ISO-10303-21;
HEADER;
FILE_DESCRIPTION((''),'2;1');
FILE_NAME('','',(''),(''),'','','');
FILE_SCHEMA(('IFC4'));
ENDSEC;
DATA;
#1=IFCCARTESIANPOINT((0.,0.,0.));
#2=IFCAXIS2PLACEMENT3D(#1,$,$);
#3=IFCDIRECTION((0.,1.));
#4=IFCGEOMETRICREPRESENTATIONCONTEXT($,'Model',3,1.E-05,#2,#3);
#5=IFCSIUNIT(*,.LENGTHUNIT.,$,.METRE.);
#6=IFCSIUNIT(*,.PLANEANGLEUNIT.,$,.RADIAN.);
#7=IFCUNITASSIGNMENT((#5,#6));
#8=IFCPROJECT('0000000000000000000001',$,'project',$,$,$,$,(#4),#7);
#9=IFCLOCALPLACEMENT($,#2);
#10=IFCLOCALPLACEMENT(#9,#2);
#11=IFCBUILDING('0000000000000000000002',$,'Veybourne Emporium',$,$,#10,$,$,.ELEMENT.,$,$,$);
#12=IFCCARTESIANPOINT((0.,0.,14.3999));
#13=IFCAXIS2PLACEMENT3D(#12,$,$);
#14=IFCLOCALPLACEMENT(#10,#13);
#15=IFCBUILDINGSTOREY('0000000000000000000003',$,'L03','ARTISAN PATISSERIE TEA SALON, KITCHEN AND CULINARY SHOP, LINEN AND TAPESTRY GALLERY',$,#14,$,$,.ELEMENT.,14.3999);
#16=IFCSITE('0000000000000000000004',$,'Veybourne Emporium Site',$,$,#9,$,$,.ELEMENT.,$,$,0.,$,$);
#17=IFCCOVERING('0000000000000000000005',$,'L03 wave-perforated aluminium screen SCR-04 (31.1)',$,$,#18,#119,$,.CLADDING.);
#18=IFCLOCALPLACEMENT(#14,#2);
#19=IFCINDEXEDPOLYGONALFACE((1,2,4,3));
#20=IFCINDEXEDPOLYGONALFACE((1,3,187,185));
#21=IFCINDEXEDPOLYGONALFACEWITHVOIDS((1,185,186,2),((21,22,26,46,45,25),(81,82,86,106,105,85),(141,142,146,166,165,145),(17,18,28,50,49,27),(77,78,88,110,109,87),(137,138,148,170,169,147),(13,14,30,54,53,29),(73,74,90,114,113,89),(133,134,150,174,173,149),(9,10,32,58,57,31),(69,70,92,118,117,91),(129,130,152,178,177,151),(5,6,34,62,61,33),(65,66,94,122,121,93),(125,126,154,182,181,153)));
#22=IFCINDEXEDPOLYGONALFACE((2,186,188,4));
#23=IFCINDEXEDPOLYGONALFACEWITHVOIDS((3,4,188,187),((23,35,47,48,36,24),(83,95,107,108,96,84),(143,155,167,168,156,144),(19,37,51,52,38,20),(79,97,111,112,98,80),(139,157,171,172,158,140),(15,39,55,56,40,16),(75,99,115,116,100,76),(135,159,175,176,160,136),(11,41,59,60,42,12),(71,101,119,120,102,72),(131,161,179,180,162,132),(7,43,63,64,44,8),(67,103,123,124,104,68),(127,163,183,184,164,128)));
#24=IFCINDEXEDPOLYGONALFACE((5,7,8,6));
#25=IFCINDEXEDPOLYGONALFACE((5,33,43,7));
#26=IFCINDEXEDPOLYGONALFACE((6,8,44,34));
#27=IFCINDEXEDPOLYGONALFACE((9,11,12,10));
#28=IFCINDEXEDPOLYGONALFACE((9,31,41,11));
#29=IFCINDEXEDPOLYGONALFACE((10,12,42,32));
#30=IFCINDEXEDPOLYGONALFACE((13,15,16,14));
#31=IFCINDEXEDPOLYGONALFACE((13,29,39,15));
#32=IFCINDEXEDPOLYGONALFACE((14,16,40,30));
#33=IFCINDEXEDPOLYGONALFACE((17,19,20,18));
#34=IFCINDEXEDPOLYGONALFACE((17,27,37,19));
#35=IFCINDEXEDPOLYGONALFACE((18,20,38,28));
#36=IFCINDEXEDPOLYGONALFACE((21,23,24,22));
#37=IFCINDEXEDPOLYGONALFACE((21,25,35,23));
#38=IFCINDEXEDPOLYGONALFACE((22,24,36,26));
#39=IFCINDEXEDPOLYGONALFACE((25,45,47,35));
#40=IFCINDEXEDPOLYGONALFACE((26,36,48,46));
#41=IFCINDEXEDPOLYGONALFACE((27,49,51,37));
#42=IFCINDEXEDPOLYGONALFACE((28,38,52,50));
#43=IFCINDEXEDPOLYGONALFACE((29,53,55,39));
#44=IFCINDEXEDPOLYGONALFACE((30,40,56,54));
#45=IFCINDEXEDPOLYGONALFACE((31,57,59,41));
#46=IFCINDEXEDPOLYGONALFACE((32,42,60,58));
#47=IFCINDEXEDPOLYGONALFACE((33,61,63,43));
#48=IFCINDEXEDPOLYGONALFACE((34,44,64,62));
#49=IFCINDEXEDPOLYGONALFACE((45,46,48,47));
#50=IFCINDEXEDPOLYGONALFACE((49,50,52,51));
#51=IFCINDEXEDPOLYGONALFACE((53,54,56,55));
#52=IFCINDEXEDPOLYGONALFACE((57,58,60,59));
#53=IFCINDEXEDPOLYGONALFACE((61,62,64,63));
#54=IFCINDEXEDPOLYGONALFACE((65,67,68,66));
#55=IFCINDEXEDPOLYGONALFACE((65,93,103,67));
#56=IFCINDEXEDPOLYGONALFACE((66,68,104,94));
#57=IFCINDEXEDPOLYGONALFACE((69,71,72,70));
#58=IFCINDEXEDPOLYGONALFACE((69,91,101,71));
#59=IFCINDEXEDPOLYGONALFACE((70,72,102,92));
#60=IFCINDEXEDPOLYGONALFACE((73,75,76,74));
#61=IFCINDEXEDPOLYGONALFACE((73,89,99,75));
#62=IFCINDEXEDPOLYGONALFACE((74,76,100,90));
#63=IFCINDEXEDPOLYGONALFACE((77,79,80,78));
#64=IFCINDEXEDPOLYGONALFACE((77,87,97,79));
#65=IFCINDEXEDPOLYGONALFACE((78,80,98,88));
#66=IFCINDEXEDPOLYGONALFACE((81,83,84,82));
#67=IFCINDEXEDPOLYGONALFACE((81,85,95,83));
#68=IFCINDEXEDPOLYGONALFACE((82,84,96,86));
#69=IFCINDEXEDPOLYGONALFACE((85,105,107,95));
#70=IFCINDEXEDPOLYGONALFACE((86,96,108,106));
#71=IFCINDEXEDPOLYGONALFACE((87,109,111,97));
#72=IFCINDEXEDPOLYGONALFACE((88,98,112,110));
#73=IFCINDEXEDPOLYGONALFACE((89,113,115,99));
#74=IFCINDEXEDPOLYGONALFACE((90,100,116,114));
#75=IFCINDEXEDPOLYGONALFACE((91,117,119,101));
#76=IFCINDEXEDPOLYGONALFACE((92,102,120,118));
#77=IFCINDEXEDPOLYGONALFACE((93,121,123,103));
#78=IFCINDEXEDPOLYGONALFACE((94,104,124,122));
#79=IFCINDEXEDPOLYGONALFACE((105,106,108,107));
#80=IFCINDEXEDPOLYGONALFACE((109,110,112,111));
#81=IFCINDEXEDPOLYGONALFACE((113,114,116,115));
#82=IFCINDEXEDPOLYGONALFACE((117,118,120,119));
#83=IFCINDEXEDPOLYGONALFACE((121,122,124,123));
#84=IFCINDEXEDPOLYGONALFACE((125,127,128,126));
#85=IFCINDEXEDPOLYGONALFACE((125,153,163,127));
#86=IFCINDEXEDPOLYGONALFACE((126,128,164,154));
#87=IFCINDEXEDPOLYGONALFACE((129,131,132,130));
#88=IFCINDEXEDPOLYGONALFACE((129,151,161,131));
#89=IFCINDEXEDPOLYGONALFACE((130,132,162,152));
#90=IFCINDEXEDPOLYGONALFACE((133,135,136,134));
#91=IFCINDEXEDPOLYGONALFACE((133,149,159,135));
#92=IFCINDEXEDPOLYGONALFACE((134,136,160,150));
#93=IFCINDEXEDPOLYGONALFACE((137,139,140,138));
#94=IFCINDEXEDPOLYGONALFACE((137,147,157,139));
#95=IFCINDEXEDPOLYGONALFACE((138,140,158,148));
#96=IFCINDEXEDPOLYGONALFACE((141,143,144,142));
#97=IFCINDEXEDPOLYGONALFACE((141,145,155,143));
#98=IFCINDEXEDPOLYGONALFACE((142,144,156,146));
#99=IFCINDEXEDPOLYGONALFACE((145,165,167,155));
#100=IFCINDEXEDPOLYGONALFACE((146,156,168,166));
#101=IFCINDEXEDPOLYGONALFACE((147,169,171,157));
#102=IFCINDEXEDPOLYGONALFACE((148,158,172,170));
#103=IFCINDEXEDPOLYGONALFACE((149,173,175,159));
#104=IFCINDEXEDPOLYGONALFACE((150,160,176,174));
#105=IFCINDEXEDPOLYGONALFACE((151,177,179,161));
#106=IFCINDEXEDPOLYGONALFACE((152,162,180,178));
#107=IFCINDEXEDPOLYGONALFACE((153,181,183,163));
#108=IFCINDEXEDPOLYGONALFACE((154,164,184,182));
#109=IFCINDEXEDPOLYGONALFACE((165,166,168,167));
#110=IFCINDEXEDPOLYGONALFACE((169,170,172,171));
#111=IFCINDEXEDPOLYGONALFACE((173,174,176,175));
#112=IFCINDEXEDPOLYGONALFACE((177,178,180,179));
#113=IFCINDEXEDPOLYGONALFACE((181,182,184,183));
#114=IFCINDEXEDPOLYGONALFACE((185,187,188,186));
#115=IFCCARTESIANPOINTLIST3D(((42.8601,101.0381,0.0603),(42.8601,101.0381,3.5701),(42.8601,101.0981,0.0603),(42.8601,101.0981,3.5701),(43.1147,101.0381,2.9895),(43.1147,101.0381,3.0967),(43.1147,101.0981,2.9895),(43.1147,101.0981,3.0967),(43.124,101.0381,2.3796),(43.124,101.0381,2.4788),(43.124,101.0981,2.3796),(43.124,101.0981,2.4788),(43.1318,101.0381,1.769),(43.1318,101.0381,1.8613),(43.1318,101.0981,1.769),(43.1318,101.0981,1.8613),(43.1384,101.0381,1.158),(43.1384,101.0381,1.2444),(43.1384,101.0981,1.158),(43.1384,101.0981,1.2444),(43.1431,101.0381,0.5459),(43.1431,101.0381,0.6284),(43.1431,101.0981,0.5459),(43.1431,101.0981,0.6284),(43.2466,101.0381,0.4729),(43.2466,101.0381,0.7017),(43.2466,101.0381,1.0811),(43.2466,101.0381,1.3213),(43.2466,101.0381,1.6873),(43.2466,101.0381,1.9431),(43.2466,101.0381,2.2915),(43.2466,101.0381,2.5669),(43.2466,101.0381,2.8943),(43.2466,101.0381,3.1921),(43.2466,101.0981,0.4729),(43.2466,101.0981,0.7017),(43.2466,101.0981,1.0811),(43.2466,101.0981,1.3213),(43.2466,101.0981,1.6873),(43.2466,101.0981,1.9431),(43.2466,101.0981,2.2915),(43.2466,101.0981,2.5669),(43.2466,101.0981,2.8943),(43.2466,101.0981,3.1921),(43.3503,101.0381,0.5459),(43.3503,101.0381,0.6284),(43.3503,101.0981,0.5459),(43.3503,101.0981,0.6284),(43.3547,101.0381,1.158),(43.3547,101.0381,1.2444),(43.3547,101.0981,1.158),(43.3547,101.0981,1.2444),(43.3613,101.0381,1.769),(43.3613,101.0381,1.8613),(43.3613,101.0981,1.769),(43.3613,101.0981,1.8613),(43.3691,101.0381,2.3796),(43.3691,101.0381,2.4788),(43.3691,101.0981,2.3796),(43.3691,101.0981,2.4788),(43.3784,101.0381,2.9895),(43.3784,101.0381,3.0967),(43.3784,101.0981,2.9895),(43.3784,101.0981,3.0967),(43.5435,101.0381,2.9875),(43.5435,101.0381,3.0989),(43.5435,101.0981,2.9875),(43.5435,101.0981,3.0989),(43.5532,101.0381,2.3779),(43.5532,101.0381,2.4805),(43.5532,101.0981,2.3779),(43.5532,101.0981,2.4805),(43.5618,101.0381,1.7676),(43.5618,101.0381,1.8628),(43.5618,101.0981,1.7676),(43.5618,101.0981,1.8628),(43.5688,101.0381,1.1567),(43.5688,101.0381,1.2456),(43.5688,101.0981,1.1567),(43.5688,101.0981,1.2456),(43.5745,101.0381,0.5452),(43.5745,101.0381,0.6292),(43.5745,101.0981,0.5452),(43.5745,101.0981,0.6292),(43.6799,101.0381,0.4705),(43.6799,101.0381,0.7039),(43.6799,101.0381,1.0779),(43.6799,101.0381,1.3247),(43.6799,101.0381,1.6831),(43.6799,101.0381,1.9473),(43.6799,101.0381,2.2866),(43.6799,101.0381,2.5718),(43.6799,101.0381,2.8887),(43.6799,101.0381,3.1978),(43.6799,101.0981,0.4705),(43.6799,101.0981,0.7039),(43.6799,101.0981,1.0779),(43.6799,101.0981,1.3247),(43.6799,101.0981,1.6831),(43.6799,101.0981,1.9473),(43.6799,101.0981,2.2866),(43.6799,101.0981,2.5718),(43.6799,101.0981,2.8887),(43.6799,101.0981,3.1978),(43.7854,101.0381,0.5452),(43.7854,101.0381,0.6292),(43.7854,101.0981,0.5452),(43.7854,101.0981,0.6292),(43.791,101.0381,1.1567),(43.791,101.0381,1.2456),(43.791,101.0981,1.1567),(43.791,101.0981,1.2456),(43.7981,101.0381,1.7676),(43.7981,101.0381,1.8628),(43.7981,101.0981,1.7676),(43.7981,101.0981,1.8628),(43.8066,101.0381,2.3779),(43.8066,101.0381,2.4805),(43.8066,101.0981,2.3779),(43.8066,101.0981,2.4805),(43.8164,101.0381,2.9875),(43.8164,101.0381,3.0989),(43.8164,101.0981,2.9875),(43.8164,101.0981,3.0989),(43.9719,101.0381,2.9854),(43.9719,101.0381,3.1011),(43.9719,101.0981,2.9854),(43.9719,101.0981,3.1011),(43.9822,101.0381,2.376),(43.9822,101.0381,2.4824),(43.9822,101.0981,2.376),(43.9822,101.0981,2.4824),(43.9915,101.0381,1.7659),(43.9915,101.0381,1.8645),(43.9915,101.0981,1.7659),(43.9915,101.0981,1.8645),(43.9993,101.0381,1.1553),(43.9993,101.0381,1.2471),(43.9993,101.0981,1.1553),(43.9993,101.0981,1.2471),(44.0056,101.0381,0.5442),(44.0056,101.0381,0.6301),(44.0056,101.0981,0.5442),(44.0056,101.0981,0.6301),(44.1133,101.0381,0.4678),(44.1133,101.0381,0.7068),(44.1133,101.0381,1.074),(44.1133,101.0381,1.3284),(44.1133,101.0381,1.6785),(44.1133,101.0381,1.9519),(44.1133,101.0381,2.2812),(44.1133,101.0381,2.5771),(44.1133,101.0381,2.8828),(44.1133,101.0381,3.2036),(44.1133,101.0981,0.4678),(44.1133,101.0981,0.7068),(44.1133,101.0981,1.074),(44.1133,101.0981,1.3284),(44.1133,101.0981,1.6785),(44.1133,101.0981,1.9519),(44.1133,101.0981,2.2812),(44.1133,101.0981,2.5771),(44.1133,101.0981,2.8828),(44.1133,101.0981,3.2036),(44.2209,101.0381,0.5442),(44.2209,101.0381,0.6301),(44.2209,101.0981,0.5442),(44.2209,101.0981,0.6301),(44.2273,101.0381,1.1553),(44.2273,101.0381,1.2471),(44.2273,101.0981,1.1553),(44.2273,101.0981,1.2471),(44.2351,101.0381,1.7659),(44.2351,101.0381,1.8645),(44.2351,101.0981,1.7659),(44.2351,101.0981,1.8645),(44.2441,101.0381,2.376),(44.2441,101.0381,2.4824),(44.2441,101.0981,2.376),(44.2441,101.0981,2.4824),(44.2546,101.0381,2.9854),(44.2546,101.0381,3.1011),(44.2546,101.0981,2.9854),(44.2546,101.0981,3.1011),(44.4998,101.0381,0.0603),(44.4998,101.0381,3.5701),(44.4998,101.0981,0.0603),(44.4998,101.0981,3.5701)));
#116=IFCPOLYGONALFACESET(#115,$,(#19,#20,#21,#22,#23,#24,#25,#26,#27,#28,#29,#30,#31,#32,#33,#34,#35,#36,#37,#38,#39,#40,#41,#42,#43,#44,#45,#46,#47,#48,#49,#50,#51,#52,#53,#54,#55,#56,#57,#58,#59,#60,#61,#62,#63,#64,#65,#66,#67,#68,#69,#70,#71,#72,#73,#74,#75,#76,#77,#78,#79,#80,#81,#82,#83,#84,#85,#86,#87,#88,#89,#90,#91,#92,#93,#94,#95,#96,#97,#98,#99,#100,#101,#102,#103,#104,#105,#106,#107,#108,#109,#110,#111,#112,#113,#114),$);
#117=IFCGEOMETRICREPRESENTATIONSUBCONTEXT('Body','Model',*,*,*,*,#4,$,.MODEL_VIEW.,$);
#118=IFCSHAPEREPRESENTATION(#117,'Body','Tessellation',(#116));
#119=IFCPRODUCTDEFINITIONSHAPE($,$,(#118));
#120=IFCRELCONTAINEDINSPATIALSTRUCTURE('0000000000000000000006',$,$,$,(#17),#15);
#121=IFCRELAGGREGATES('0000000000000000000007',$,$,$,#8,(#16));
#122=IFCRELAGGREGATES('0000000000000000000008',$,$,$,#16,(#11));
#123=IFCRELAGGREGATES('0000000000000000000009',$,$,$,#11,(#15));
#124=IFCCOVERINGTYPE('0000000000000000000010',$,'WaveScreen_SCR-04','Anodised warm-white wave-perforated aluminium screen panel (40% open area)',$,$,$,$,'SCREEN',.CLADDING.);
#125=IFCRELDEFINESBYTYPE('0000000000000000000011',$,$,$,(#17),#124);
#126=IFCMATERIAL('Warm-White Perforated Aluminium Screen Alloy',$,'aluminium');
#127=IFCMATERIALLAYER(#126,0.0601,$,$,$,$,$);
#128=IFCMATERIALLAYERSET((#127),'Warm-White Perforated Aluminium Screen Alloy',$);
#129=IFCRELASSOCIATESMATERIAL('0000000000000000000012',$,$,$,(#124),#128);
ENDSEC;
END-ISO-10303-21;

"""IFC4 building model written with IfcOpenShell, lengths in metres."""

from ifc_helpers import new_model, si_unit, direction, frame, origin, place, context, subcontext, project, spatial, polyline, outline, extrude, material, layer, layer_set, type_object, element, save


model = new_model("IFC4")

# Units and contexts
model_context = context("Model", 3, precision=1e-05, world=origin(), true_north=direction((0.0, 1.0)))
body_context = subcontext(model_context, "Body", "Model", "MODEL_VIEW")
ifc_project = project(units=[si_unit("LENGTHUNIT", "METRE"), si_unit("PLANEANGLEUNIT", "RADIAN")], contexts=[model_context])

# Site, building, storey
site_placement = place(None, origin())
site = spatial("IfcSite", under=ifc_project, at=site_placement, Name="Veybourne Emporium Site", CompositionType="ELEMENT", RefElevation=0.0)
building_placement = place(site_placement, origin())
building = spatial("IfcBuilding", under=site, at=building_placement, Name="Veybourne Emporium", CompositionType="ELEMENT")
storey_placement = place(building_placement, frame((0.0, 0.0, 14.3999)))
storey = spatial("IfcBuildingStorey", under=building, at=storey_placement, Name="L03", Description="ARTISAN PATISSERIE TEA SALON, KITCHEN AND CULINARY SHOP, LINEN AND TAPESTRY GALLERY", CompositionType="ELEMENT", Elevation=14.3999)

# Covering
ifc_material_1 = material(Name="Warm-White Perforated Aluminium Screen Alloy", Category="aluminium")
ifc_layer_1 = layer(ifc_material_1, 0.0601)
ifc_layer_set_1 = layer_set([ifc_layer_1], Name="Warm-White Perforated Aluminium Screen Alloy")
covering_type_1 = type_object("IfcCoveringType", Name="WaveScreen_SCR-04", Description="Anodised warm-white wave-perforated aluminium screen panel (40% open area)", ElementType="SCREEN", PredefinedType="CLADDING", material=ifc_layer_set_1)
covering_1_placement = place(storey_placement, frame((43.6799, 101.0981, 1.8152), z_axis=(0.0, -1.0, 0.0), x_axis=(1.0, 0.0, 0.0)))
element("IfcCovering", 1, at=covering_1_placement, inside=storey, type_object=covering_type_1, Name="L03 wave-perforated aluminium screen SCR-04 (31.1)", PredefinedType="CLADDING", context=body_context, shape_type="SweptSolid", body=[
    extrude(outline(polyline([(-0.8198, -1.7549), (0.8198, -1.7549), (0.8198, 1.7549), (-0.8198, 1.7549), (-0.8198, -1.7549)]), holes=[polyline([(-0.4333, -1.1135), (-0.3296, -1.1868), (-0.3296, -1.2693), (-0.4333, -1.3423), (-0.5369, -1.2693), (-0.5369, -1.1868), (-0.4333, -1.1135)]), polyline([(-0.4333, -0.4939), (-0.3252, -0.5708), (-0.3252, -0.6572), (-0.4333, -0.7341), (-0.5415, -0.6572), (-0.5415, -0.5708), (-0.4333, -0.4939)]), polyline([(-0.4333, 0.1279), (-0.3186, 0.0461), (-0.3186, -0.0461), (-0.4333, -0.1279), (-0.5481, -0.0461), (-0.5481, 0.0461), (-0.4333, 0.1279)]), polyline([(-0.4333, 0.7517), (-0.3108, 0.6636), (-0.3108, 0.5645), (-0.4333, 0.4763), (-0.5559, 0.5645), (-0.5559, 0.6636), (-0.4333, 0.7517)]), polyline([(-0.4333, 1.377), (-0.3015, 1.2815), (-0.3015, 1.1743), (-0.4333, 1.0791), (-0.5652, 1.1743), (-0.5652, 1.2815), (-0.4333, 1.377)]), polyline([(0.0, -1.1113), (0.1055, -1.186), (0.1055, -1.27), (0.0, -1.3447), (-0.1055, -1.27), (-0.1055, -1.186), (0.0, -1.1113)]), polyline([(0.0, -0.4905), (0.1111, -0.5696), (0.1111, -0.6584), (0.0, -0.7373), (-0.1111, -0.6584), (-0.1111, -0.5696), (0.0, -0.4905)]), polyline([(0.0, 0.1321), (0.1182, 0.0476), (0.1182, -0.0476), (0.0, -0.1321), (-0.1182, -0.0476), (-0.1182, 0.0476), (0.0, 0.1321)]), polyline([(0.0, 0.7566), (0.1267, 0.6653), (0.1267, 0.5627), (0.0, 0.4714), (-0.1267, 0.5627), (-0.1267, 0.6653), (0.0, 0.7566)]), polyline([(0.0, 1.3826), (0.1365, 1.2837), (0.1365, 1.1724), (0.0, 1.0735), (-0.1365, 1.1724), (-0.1365, 1.2837), (0.0, 1.3826)]), polyline([(0.4333, -1.1084), (0.541, -1.1851), (0.541, -1.271), (0.4333, -1.3474), (0.3257, -1.271), (0.3257, -1.1851), (0.4333, -1.1084)]), polyline([(0.4333, -0.4868), (0.5474, -0.5681), (0.5474, -0.6599), (0.4333, -0.7412), (0.3193, -0.6599), (0.3193, -0.5681), (0.4333, -0.4868)]), polyline([(0.4333, 0.1367), (0.5552, 0.0493), (0.5552, -0.0493), (0.4333, -0.1367), (0.3115, -0.0493), (0.3115, 0.0493), (0.4333, 0.1367)]), polyline([(0.4333, 0.762), (0.5642, 0.6672), (0.5642, 0.5608), (0.4333, 0.4661), (0.3022, 0.5608), (0.3022, 0.6672), (0.4333, 0.762)]), polyline([(0.4333, 1.3884), (0.5747, 1.2859), (0.5747, 1.1702), (0.4333, 1.0676), (0.292, 1.1702), (0.292, 1.2859), (0.4333, 1.3884)])]), origin(), (0.0, 0.0, 1.0), 0.0601),
])

save(model, "model.ifc")
